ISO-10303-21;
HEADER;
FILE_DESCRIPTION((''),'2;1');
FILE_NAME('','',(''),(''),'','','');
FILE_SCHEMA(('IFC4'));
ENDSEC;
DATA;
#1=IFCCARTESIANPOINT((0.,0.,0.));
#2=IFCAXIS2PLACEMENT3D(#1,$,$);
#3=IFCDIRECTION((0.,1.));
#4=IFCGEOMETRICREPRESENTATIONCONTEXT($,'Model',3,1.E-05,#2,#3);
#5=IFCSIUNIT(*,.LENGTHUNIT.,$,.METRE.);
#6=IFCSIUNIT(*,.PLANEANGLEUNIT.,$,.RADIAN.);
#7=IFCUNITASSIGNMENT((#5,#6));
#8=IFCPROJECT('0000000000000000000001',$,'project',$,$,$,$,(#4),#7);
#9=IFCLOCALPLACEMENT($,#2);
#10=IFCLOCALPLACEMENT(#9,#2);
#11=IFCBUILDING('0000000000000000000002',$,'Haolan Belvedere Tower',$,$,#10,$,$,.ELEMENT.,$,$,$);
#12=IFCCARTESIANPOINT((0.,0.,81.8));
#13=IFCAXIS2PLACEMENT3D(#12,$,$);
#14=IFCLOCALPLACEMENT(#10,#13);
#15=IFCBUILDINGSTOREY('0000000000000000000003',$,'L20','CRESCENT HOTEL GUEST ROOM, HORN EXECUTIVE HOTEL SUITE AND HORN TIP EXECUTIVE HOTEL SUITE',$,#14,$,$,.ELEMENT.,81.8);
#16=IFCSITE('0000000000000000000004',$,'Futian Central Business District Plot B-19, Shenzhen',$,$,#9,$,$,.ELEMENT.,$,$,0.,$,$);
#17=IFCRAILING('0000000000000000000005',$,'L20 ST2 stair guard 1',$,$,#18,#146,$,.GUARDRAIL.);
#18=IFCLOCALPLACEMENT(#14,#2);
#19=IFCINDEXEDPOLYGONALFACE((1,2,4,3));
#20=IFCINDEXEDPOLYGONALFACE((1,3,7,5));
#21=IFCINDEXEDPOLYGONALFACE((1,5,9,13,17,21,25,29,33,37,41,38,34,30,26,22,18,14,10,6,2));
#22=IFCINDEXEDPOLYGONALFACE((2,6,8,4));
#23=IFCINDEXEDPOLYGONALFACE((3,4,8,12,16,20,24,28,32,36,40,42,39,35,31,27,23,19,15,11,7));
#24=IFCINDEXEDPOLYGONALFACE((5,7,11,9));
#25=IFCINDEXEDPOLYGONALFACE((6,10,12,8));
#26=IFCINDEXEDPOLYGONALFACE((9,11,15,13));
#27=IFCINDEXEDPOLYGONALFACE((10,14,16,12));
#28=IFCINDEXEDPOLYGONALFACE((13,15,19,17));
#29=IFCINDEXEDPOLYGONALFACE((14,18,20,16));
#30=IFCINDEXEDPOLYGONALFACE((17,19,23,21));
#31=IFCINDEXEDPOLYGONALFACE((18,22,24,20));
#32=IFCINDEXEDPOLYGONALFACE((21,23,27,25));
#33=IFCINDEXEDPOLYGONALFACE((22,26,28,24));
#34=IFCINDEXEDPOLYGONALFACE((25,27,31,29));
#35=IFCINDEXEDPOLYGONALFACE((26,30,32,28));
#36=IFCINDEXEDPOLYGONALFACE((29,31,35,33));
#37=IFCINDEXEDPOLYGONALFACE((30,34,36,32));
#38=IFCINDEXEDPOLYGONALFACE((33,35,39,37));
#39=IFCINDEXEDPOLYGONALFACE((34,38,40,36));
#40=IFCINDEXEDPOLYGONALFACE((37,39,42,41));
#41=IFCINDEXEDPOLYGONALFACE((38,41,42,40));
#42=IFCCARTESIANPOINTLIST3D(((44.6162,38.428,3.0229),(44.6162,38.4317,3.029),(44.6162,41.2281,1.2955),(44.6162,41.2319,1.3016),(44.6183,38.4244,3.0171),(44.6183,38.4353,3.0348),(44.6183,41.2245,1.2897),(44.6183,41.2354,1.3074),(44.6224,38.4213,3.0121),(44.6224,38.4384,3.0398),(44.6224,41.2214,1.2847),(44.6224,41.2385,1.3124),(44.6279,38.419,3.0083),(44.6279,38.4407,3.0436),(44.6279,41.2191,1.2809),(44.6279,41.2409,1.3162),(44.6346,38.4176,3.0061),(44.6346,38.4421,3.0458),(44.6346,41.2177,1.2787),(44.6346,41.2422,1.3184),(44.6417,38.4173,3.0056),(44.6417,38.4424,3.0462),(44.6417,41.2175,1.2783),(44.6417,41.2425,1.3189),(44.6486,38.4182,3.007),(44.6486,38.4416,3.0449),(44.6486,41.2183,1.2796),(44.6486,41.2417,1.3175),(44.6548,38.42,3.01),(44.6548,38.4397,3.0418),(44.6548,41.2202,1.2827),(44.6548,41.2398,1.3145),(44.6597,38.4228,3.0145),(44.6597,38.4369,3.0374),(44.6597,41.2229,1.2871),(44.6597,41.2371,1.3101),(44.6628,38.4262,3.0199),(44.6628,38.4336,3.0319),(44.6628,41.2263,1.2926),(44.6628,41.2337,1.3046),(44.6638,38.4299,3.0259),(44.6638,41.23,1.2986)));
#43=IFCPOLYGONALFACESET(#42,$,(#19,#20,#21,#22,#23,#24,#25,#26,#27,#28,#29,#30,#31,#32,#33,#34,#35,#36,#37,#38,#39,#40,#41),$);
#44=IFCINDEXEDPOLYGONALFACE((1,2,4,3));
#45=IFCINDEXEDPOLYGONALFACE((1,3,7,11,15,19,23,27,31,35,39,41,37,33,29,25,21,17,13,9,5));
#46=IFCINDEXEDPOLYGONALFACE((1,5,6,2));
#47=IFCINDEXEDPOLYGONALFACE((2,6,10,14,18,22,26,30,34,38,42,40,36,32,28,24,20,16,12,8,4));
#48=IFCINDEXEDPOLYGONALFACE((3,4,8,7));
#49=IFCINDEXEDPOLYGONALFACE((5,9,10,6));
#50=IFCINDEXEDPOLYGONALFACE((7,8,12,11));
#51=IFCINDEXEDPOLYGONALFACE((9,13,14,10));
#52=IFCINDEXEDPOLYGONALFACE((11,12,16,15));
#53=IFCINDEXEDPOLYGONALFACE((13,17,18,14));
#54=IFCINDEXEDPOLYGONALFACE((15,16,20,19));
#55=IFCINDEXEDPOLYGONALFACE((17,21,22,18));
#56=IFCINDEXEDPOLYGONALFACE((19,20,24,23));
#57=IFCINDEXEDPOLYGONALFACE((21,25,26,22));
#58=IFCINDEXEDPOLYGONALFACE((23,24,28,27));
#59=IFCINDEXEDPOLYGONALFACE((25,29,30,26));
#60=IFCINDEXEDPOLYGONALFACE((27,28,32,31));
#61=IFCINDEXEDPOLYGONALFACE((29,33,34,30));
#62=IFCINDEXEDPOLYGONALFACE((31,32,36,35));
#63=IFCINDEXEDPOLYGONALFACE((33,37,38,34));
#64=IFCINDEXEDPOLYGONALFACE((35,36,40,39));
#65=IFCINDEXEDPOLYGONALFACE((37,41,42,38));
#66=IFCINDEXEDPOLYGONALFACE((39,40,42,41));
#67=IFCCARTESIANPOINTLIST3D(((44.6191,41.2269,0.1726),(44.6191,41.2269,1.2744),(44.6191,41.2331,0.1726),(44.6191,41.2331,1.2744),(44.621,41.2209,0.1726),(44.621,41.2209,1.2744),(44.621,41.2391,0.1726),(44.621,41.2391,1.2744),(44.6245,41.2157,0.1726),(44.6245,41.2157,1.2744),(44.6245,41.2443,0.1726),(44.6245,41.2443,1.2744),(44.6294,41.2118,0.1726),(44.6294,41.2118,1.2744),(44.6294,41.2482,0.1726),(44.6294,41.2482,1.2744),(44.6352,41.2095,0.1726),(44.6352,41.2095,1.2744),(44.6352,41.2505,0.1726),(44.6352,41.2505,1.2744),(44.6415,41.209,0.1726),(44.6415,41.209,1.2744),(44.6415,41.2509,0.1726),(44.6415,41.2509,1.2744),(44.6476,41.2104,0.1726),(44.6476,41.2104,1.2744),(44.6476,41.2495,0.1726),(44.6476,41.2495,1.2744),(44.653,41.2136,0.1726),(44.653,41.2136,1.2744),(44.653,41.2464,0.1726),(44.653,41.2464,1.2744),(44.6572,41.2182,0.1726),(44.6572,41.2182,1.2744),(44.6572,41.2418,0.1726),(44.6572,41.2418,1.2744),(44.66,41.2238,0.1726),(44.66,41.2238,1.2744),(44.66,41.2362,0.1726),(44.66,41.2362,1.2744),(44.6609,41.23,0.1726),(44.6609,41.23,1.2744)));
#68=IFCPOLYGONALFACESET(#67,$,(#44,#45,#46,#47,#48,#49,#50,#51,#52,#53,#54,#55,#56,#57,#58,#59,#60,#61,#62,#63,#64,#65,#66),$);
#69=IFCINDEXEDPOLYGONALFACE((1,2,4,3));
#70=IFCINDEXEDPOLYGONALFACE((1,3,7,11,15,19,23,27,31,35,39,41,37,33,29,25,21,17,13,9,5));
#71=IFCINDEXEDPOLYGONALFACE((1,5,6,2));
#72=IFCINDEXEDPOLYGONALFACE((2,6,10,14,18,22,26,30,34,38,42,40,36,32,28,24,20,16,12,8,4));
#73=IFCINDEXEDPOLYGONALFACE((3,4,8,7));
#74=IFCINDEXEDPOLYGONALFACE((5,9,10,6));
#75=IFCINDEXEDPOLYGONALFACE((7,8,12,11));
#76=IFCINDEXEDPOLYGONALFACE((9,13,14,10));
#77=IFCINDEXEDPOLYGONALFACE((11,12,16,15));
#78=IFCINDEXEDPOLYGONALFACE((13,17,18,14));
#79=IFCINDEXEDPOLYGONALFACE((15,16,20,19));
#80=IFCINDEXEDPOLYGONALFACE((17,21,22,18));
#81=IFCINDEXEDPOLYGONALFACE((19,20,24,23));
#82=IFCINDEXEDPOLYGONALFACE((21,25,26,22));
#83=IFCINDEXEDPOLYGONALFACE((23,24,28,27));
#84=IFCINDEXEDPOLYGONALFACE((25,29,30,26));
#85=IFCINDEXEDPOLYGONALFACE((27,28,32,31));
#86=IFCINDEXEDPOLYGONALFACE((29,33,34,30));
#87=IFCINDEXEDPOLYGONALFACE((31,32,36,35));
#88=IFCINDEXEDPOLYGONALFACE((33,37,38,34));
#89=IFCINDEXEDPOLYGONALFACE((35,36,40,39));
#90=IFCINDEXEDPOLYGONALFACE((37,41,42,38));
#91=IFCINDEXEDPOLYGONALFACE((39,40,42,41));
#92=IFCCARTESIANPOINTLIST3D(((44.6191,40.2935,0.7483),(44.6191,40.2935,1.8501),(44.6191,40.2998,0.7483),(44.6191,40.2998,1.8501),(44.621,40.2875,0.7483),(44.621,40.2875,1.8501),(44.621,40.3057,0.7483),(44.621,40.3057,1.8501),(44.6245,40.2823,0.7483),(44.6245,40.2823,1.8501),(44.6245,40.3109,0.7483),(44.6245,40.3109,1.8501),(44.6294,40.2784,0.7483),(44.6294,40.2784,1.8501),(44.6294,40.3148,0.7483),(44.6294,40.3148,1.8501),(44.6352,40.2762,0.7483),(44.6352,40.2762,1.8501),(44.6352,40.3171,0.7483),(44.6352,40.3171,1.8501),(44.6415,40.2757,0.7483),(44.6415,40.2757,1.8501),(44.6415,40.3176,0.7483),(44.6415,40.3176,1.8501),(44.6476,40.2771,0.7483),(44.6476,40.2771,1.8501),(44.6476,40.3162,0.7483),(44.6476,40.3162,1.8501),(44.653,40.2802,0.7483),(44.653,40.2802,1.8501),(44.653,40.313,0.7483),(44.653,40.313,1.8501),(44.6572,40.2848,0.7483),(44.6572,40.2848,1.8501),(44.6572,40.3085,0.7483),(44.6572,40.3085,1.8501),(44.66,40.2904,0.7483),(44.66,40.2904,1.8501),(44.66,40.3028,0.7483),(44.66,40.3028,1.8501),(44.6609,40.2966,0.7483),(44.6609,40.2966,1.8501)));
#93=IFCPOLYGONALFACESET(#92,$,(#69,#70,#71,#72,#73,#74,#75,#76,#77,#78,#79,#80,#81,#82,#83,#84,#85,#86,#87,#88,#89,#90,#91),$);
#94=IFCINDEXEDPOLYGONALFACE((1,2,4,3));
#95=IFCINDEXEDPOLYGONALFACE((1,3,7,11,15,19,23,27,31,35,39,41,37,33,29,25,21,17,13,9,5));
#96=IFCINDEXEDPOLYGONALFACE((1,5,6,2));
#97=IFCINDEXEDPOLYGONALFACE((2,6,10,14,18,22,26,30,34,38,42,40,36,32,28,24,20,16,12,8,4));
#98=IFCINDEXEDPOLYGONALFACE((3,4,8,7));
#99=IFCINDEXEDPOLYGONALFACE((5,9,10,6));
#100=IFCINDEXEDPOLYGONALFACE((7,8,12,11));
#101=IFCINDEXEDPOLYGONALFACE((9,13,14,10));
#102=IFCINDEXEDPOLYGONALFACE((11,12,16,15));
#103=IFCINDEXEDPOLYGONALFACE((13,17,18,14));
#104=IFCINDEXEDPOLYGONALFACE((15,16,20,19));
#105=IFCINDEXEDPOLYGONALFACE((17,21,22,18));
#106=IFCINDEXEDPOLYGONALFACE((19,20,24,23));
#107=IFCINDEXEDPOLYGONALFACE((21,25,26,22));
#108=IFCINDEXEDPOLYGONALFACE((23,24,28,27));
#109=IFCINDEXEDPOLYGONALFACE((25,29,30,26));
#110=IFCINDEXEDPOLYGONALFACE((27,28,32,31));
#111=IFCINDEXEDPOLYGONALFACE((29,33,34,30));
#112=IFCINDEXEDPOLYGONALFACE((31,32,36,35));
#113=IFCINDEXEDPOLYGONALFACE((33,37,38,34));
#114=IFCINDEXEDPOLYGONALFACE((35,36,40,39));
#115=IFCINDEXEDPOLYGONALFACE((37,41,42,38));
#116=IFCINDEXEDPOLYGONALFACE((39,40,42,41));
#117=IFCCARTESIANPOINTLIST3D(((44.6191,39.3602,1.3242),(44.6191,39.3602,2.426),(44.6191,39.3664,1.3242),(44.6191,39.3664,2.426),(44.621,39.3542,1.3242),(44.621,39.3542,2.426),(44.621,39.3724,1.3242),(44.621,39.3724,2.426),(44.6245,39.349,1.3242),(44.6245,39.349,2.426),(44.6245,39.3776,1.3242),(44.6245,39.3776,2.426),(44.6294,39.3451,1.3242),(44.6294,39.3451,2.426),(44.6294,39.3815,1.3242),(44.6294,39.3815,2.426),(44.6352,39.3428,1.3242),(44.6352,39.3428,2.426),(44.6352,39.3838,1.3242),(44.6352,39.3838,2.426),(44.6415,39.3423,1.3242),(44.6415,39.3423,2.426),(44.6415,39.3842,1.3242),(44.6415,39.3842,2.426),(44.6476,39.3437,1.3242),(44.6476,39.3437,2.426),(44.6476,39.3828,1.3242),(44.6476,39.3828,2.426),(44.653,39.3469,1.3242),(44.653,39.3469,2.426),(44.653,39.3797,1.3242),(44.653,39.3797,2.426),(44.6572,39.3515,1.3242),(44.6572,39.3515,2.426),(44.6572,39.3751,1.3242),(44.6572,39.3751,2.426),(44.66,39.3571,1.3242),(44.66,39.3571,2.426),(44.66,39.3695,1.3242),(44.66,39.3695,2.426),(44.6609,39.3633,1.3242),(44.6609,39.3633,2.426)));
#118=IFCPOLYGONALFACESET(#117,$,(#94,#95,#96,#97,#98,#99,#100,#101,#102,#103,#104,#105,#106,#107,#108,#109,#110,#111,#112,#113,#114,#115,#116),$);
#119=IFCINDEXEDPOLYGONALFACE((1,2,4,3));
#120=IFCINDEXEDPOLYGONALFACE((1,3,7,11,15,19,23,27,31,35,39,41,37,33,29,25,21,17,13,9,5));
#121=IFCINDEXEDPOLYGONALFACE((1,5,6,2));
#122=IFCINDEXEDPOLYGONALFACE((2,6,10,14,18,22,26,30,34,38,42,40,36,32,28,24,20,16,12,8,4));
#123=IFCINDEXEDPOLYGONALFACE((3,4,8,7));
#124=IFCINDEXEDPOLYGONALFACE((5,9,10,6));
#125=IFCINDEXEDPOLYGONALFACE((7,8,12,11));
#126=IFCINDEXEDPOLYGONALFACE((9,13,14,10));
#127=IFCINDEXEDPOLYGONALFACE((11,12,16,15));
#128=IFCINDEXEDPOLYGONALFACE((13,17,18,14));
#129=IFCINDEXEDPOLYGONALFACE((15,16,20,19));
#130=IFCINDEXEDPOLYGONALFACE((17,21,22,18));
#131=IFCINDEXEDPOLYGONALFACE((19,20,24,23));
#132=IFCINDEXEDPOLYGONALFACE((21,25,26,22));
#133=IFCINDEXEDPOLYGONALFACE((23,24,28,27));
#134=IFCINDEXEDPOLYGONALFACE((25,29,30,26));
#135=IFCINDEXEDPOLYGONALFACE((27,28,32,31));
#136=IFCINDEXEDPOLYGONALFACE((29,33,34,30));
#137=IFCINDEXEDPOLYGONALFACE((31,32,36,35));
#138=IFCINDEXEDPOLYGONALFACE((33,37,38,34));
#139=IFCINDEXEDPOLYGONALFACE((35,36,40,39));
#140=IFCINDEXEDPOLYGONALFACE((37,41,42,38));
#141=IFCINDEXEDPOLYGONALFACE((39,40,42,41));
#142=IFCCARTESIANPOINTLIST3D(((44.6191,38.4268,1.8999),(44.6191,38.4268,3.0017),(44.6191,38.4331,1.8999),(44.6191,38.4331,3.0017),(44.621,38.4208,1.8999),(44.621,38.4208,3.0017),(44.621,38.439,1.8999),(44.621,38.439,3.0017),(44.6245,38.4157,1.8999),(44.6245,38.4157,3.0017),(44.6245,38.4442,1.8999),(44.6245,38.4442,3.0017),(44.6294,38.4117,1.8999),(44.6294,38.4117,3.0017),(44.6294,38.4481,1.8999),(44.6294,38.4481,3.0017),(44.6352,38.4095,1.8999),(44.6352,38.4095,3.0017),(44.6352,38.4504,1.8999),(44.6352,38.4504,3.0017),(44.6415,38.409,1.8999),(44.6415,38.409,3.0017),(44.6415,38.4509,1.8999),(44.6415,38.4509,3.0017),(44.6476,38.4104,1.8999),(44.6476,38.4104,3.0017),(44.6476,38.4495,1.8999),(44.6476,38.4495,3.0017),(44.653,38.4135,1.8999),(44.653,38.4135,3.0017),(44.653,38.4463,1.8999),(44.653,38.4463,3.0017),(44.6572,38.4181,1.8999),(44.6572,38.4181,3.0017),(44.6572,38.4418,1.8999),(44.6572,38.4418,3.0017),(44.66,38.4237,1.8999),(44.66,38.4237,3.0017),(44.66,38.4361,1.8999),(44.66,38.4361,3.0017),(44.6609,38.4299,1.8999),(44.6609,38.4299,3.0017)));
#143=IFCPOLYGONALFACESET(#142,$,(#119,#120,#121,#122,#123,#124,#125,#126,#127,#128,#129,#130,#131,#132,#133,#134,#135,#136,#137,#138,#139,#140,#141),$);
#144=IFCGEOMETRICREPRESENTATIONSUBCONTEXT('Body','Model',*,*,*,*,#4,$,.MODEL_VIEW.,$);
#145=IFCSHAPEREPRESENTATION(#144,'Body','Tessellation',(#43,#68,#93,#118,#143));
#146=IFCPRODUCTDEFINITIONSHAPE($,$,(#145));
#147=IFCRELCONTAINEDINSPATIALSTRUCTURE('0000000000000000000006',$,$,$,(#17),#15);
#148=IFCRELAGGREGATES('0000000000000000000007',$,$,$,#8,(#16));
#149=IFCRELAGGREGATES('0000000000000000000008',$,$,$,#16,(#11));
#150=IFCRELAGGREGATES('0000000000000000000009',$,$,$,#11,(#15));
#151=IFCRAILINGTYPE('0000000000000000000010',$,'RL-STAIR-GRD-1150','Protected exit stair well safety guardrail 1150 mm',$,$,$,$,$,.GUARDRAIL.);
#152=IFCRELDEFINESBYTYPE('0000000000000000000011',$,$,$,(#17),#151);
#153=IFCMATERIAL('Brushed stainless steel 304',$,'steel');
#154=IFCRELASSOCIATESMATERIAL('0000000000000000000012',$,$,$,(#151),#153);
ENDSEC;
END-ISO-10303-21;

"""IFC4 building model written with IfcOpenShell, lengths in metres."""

from ifc_helpers import new_model, si_unit, direction, frame, origin, origin_2d, place, context, subcontext, project, spatial, circle, extrude, material, type_object, element, save


model = new_model("IFC4")

# Units and contexts
model_context = context("Model", 3, precision=1e-05, world=origin(), true_north=direction((0.0, 1.0)))
body_context = subcontext(model_context, "Body", "Model", "MODEL_VIEW")
ifc_project = project(units=[si_unit("LENGTHUNIT", "METRE"), si_unit("PLANEANGLEUNIT", "RADIAN")], contexts=[model_context])

# Site, building, storey
site_placement = place(None, origin())
site = spatial("IfcSite", under=ifc_project, at=site_placement, Name="Futian Central Business District Plot B-19, Shenzhen", CompositionType="ELEMENT", RefElevation=0.0)
building_placement = place(site_placement, origin())
building = spatial("IfcBuilding", under=site, at=building_placement, Name="Haolan Belvedere Tower", CompositionType="ELEMENT")
storey_placement = place(building_placement, frame((0.0, 0.0, 81.8)))
storey = spatial("IfcBuildingStorey", under=building, at=storey_placement, Name="L20", Description="CRESCENT HOTEL GUEST ROOM, HORN EXECUTIVE HOTEL SUITE AND HORN TIP EXECUTIVE HOTEL SUITE", CompositionType="ELEMENT", Elevation=81.8)

# Railing
ifc_material_1 = material(Name="Brushed stainless steel 304", Category="steel")
railing_type_1 = type_object("IfcRailingType", Name="RL-STAIR-GRD-1150", Description="Protected exit stair well safety guardrail 1150 mm", PredefinedType="GUARDRAIL", material=ifc_material_1)
railing_1_placement = place(storey_placement, frame((44.6399, 41.23, 0.1726)))
element("IfcRailing", 1, at=railing_1_placement, inside=storey, type_object=railing_type_1, Name="L20 ST2 stair guard 1", PredefinedType="GUARDRAIL", context=body_context, shape_type="SweptSolid", body=[
    extrude(circle(Radius=0.0239, at=origin_2d()), frame((0.0, 0.0, 1.126), z_axis=(0.0, -0.85109, 0.52502), x_axis=(1.0, 0.0, 0.0)), (0.0, 0.0, 1.0), 3.29),
    extrude(circle(Radius=0.021, at=origin_2d()), origin(), (0.0, 0.0, 1.0), 1.1018),
    extrude(circle(Radius=0.021, at=origin_2d()), frame((0.0, -0.9333, 0.5757)), (0.0, 0.0, 1.0), 1.1018),
    extrude(circle(Radius=0.021, at=origin_2d()), frame((0.0, -1.8667, 1.1516)), (0.0, 0.0, 1.0), 1.1018),
    extrude(circle(Radius=0.021, at=origin_2d()), frame((0.0, -2.8, 1.7273)), (0.0, 0.0, 1.0), 1.1018),
])

save(model, "model.ifc")
